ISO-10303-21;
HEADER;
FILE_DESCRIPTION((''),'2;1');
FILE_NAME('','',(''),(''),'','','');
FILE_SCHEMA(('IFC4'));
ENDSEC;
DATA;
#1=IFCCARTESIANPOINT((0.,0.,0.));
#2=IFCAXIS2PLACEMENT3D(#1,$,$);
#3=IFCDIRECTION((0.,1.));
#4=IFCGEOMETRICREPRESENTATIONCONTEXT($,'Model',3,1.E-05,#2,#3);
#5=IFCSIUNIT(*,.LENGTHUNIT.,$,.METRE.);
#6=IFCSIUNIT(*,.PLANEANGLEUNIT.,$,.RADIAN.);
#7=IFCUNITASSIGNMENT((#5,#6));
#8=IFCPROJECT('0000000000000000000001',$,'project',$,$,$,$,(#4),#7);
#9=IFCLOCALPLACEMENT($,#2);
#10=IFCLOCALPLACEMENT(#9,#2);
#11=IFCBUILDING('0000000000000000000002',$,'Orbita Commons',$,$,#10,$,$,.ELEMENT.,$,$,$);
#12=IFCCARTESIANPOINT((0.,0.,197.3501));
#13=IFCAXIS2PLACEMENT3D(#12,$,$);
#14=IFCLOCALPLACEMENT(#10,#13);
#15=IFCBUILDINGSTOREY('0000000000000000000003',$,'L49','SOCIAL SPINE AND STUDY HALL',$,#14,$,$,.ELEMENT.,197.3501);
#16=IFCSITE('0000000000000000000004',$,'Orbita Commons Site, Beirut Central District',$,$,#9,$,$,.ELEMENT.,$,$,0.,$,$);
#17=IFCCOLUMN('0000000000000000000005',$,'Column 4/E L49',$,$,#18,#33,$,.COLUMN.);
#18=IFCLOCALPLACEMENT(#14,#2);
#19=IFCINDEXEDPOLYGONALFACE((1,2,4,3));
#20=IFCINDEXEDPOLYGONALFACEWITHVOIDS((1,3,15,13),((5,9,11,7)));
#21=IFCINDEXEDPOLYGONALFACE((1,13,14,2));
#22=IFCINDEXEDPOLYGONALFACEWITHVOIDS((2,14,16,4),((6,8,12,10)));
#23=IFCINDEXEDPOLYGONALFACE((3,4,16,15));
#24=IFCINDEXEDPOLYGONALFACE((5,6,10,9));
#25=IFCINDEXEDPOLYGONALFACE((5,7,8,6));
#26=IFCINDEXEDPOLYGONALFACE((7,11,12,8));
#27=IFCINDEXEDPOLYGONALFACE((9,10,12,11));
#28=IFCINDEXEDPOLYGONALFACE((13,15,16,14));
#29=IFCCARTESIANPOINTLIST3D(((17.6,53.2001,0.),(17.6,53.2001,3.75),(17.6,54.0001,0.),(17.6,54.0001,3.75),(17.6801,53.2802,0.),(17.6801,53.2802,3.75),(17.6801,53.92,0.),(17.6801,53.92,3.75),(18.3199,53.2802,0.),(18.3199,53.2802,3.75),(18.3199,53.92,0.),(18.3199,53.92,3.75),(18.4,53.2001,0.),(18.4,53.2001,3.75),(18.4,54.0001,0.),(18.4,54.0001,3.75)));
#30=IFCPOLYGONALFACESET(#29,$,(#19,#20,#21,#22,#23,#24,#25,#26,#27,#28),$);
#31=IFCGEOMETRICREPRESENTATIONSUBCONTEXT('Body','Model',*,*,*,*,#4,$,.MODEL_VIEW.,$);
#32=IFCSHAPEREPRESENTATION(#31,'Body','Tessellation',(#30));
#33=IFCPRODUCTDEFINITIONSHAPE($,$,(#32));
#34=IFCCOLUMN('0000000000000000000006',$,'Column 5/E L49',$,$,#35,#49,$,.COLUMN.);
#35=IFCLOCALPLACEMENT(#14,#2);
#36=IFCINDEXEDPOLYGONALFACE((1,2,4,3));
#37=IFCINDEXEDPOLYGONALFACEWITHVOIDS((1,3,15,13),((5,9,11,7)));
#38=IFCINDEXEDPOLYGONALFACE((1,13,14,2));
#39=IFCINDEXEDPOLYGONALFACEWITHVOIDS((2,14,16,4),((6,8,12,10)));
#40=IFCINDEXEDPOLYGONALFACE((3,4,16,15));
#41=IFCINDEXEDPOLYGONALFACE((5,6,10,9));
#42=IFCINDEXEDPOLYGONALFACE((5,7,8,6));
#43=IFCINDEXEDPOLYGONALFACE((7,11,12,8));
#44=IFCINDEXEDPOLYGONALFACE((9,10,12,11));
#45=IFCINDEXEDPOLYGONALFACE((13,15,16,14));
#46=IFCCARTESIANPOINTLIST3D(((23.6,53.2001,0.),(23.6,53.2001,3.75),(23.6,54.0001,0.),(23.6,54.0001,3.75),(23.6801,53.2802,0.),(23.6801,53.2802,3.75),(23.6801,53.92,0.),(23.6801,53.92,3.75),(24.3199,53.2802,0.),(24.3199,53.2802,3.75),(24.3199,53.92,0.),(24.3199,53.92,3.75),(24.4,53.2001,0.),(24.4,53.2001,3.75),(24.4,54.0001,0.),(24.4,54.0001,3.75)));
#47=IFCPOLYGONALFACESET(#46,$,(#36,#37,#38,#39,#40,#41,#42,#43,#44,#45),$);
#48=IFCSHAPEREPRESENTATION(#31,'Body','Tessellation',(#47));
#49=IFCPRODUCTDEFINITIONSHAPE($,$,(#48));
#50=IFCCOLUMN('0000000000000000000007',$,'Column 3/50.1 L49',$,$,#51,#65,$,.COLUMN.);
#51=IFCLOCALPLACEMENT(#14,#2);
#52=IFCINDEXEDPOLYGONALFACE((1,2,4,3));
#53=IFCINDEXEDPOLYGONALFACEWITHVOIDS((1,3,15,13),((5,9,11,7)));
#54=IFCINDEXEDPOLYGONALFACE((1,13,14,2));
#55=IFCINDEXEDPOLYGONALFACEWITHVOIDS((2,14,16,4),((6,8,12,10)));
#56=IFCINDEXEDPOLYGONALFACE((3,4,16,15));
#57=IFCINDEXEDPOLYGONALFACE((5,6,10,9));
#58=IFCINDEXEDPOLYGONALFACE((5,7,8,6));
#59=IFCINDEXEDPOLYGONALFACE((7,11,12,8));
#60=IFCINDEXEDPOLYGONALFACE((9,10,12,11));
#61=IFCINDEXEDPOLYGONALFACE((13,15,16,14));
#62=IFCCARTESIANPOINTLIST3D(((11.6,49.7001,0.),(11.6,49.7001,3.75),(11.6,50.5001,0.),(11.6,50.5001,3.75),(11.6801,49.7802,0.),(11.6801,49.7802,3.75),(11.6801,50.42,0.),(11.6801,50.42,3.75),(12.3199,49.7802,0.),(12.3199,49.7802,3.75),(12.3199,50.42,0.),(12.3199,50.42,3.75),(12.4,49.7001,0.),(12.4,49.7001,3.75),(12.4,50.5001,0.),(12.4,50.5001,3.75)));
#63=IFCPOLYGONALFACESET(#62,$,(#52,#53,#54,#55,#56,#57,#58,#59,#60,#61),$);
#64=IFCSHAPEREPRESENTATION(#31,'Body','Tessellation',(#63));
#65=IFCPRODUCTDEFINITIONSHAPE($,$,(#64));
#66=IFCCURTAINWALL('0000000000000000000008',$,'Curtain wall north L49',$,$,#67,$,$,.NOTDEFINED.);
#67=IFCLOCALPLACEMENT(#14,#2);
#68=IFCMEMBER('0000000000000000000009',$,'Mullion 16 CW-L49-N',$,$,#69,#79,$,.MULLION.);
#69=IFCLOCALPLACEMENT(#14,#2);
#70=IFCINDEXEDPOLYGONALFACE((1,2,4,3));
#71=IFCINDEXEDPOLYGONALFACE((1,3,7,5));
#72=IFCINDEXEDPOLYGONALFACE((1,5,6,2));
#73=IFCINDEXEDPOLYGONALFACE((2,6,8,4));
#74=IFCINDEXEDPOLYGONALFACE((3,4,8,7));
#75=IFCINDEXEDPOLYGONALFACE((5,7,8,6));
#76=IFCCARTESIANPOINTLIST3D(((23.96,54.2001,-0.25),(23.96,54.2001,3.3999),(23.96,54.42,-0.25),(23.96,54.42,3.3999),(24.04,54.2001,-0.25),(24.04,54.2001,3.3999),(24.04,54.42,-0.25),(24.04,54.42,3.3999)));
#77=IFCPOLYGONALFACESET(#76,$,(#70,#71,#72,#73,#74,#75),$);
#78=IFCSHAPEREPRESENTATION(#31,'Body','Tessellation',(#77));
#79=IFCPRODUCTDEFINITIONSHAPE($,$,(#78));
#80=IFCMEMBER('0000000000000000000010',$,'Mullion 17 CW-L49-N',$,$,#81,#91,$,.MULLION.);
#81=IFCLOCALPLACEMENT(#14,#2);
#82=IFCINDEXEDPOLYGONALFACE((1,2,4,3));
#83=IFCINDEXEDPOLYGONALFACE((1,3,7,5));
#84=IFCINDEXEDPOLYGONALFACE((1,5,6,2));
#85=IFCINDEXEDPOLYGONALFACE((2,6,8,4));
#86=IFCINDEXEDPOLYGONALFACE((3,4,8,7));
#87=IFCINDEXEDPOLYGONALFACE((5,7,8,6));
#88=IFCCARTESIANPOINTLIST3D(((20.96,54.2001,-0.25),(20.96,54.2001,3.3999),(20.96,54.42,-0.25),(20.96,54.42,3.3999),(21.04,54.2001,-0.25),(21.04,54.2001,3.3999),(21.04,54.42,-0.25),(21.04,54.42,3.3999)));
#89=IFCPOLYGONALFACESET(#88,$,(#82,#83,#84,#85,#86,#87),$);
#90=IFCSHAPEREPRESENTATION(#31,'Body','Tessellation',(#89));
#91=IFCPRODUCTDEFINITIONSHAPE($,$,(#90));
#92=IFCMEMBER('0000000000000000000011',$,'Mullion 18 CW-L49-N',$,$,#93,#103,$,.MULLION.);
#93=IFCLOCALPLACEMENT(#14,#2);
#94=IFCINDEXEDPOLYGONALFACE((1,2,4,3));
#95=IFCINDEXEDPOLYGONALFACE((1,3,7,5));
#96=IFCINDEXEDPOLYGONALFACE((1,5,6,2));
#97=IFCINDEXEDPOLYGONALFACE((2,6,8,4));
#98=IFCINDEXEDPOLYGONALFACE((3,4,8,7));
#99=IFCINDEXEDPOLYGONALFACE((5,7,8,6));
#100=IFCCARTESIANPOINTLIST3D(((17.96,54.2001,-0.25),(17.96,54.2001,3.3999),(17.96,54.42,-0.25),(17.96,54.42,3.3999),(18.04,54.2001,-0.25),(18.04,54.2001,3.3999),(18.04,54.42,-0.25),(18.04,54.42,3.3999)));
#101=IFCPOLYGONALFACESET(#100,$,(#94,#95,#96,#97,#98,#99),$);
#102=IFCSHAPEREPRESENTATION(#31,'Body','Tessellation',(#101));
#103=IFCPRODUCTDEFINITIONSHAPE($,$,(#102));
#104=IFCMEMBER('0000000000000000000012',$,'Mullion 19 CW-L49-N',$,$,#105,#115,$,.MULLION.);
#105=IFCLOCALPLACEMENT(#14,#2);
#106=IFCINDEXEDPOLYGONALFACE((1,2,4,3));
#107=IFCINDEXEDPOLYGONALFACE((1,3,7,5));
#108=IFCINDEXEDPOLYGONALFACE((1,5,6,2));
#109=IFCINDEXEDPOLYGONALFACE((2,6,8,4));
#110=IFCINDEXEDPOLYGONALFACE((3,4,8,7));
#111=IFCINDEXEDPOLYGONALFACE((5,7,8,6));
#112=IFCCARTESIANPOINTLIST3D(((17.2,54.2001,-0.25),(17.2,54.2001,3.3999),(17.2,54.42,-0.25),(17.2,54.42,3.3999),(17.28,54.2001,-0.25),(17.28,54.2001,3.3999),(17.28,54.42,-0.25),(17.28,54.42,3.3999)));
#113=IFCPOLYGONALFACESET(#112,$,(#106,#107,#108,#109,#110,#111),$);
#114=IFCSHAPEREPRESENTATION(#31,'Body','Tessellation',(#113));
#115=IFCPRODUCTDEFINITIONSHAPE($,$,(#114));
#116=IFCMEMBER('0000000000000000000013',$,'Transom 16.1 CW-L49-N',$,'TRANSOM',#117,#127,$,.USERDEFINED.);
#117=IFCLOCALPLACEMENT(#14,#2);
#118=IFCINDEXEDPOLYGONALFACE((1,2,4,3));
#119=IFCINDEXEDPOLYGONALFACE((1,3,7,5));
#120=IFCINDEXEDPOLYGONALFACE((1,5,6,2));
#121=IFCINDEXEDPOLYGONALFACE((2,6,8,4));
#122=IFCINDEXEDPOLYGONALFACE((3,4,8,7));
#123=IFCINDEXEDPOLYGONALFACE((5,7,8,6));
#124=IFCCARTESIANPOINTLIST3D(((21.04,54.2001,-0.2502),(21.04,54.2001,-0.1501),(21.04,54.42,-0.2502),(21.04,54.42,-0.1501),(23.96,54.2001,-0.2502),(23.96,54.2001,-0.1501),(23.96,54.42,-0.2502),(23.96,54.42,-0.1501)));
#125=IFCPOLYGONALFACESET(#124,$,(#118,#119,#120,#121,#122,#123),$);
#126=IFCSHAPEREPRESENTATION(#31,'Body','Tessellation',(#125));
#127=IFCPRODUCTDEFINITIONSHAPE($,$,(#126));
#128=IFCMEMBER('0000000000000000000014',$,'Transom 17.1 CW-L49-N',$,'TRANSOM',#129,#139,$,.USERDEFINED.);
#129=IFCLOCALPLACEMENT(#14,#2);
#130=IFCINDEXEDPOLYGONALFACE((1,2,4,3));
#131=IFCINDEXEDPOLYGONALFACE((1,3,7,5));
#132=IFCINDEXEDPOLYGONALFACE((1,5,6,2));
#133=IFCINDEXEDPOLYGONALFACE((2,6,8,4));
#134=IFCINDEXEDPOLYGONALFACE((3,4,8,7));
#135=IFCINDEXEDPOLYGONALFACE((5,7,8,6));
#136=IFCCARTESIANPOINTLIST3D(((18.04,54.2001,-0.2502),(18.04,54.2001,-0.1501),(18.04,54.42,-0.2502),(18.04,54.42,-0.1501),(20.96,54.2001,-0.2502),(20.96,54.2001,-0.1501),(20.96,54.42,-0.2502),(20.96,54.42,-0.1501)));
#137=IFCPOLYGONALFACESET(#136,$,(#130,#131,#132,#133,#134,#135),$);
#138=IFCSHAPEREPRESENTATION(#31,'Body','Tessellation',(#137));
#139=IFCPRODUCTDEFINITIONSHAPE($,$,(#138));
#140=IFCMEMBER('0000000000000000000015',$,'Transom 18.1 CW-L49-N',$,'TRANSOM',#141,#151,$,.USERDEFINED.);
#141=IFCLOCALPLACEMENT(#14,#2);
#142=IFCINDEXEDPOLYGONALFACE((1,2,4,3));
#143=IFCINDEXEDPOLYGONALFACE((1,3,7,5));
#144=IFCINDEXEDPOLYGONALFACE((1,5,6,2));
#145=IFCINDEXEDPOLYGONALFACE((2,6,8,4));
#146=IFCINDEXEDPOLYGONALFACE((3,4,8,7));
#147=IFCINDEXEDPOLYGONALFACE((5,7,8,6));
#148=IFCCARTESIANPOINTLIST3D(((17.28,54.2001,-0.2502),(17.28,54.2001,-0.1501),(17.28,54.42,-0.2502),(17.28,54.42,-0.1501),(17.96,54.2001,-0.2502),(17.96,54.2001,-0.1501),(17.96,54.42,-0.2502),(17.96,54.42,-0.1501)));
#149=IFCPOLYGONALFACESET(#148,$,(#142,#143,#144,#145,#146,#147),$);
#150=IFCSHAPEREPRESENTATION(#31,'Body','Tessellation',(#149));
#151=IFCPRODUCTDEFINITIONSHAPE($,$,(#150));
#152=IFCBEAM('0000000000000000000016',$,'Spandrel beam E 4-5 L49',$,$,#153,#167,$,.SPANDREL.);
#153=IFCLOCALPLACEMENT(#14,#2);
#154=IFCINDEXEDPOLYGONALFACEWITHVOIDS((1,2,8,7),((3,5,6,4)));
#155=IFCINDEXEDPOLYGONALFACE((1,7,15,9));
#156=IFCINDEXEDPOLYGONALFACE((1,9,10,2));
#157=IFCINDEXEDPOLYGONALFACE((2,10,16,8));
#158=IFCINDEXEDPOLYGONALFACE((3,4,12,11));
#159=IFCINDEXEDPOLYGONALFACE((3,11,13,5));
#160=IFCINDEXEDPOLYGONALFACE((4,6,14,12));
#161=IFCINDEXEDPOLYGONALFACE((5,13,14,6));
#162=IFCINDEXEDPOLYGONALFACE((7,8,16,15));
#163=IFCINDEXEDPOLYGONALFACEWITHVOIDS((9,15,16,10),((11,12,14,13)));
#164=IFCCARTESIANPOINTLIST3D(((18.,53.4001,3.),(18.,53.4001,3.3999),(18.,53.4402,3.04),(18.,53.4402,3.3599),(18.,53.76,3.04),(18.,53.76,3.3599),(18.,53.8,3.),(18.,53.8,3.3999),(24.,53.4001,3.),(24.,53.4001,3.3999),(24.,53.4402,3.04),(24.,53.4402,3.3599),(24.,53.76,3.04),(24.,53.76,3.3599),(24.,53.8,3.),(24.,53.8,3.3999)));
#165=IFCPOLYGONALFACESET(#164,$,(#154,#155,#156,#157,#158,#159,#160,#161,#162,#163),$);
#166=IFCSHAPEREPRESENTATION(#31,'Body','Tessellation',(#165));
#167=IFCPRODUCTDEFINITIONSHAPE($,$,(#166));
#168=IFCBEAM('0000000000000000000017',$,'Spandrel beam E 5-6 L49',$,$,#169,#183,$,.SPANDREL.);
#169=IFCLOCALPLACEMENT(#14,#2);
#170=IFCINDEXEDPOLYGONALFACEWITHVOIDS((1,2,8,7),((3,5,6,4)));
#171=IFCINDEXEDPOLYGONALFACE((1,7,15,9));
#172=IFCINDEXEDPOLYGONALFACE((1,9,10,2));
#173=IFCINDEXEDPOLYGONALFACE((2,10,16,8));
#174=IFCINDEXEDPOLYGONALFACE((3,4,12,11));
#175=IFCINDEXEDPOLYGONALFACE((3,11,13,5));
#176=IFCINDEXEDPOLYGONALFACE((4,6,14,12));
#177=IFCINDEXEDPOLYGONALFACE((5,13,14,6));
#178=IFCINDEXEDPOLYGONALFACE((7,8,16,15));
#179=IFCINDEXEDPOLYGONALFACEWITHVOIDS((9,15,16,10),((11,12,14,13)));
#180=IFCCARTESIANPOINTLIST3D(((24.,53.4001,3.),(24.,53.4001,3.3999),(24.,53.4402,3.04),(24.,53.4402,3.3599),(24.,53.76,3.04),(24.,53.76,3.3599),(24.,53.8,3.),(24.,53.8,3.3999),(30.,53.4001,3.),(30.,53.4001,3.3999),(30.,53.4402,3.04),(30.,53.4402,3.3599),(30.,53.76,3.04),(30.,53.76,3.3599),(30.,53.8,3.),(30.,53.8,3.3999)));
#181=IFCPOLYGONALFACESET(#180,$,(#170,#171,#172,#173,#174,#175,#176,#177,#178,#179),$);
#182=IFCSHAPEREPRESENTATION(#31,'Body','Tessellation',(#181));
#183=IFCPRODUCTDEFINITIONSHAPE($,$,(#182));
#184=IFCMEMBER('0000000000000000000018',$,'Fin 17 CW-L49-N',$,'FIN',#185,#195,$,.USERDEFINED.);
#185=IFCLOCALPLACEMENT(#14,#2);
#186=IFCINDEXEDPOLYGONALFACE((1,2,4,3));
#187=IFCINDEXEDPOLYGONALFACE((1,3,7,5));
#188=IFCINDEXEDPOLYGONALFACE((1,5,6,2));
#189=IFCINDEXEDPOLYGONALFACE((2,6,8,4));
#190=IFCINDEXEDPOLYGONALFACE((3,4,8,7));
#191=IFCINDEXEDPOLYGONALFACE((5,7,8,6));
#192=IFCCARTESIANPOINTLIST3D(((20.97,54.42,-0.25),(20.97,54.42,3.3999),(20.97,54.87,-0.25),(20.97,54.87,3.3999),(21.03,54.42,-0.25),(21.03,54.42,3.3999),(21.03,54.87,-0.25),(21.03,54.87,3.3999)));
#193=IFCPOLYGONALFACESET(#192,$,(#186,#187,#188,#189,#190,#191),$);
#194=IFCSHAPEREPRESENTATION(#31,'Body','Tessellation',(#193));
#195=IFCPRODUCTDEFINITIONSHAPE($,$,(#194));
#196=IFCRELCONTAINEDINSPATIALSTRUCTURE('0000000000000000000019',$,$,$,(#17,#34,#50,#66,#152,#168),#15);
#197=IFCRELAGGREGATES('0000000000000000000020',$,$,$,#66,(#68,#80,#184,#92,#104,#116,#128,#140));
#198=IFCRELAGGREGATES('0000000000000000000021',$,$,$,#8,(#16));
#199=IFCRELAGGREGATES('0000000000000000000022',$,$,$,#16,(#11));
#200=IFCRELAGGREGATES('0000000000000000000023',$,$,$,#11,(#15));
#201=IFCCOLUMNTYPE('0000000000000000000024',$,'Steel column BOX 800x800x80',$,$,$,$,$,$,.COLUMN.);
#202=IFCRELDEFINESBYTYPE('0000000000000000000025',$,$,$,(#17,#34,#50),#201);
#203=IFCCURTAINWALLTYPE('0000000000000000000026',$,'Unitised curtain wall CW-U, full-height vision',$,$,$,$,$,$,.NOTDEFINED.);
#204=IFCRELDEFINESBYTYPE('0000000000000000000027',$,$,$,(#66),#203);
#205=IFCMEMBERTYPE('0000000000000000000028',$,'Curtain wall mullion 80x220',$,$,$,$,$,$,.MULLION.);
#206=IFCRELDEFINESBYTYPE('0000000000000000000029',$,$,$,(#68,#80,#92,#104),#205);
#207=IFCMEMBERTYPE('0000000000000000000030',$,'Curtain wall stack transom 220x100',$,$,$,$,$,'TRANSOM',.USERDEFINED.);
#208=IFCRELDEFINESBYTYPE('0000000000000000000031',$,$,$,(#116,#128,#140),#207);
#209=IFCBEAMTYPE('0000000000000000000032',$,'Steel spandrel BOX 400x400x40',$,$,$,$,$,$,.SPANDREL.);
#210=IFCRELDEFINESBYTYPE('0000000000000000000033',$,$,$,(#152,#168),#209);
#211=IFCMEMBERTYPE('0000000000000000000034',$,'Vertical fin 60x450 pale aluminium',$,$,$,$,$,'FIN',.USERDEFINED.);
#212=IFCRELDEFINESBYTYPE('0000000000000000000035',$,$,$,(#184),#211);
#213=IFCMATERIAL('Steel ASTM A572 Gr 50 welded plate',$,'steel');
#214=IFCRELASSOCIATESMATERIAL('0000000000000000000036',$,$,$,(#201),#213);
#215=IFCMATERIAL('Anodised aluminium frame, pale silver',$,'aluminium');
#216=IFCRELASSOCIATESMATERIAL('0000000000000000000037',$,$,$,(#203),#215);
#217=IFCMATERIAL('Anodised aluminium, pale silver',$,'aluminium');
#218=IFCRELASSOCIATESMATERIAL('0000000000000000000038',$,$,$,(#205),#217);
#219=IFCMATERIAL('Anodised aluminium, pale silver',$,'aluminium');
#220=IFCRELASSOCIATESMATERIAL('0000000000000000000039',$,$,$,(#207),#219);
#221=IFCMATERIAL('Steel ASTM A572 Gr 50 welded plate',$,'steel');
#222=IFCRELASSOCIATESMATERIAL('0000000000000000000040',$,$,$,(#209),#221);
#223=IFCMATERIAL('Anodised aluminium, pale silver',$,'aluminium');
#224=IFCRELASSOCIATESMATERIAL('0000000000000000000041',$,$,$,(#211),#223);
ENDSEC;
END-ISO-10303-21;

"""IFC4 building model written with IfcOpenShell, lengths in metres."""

from ifc_helpers import new_model, si_unit, direction, frame, origin, origin_2d, place, context, subcontext, project, spatial, rectangle, hollow_rectangle, extrude, material, material_profile, profile_set, type_object, element, aggregate, save


model = new_model("IFC4")

# Units and contexts
model_context = context("Model", 3, precision=1e-05, world=origin(), true_north=direction((0.0, 1.0)))
body_context = subcontext(model_context, "Body", "Model", "MODEL_VIEW")
ifc_project = project(units=[si_unit("LENGTHUNIT", "METRE"), si_unit("PLANEANGLEUNIT", "RADIAN")], contexts=[model_context])

# Site, building, storey
site_placement = place(None, origin())
site = spatial("IfcSite", under=ifc_project, at=site_placement, Name="Orbita Commons Site, Beirut Central District", CompositionType="ELEMENT", RefElevation=0.0)
building_placement = place(site_placement, origin())
building = spatial("IfcBuilding", under=site, at=building_placement, Name="Orbita Commons", CompositionType="ELEMENT")
storey_placement = place(building_placement, frame((0.0, 0.0, 197.3501)))
storey = spatial("IfcBuildingStorey", under=building, at=storey_placement, Name="L49", Description="SOCIAL SPINE AND STUDY HALL", CompositionType="ELEMENT", Elevation=197.3501)

# Columns
ifc_material_1 = material(Name="Steel ASTM A572 Gr 50 welded plate", Category="steel")
ifc_material_profile_1 = material_profile(ifc_material_1, hollow_rectangle(XDim=0.8, YDim=0.8, WallThickness=0.0801, at=origin_2d()), Name="BOX 800x800x80")
ifc_profile_set_1 = profile_set([ifc_material_profile_1], Name="Steel ASTM A572 Gr 50 welded plate")
column_type = type_object("IfcColumnType", Name="Steel column BOX 800x800x80", PredefinedType="COLUMN", material=ifc_profile_set_1)
for number, where, z_axis, x_axis, name in (
    (1, (18.0, 53.6001, 0.0), (0.0, 0.0, 1.0), (1.0, 0.0, 0.0), "Column 4/E L49"),
    (2, (24.0, 53.6001, 0.0), (0.0, 0.0, 1.0), (1.0, 0.0, 0.0), "Column 5/E L49"),
    (3, (12.0, 50.1001, 0.0), (0.0, 0.0, 1.0), (1.0, 0.0, 0.0), "Column 3/50.1 L49"),
):
    element("IfcColumn", number, at=place(storey_placement, frame(where, z_axis=z_axis, x_axis=x_axis)), inside=storey, type_object=column_type, Name=name, PredefinedType="COLUMN", context=body_context, shape_type="SweptSolid", body=[
        extrude(hollow_rectangle(XDim=0.8, YDim=0.8, WallThickness=0.0801, at=origin_2d()), origin(), (0.0, 0.0, 1.0), 3.75),
    ])

# Curtain wall, members
ifc_material_2 = material(Name="Anodised aluminium frame, pale silver", Category="aluminium")
curtain_wall_type = type_object("IfcCurtainWallType", Name="Unitised curtain wall CW-U, full-height vision", PredefinedType="NOTDEFINED", material=ifc_material_2)
curtain_wall_placement = place(storey_placement, origin())
curtain_wall = element("IfcCurtainWall", 4, at=curtain_wall_placement, inside=storey, type_object=curtain_wall_type, Name="Curtain wall north L49", PredefinedType="NOTDEFINED")
ifc_material_3 = material(Name="Anodised aluminium, pale silver", Category="aluminium")
ifc_material_profile_2 = material_profile(ifc_material_3, rectangle(XDim=0.0801, YDim=0.22, at=origin_2d()), Name="AL 80x220")
ifc_profile_set_2 = profile_set([ifc_material_profile_2], Name="Anodised aluminium, pale silver")
member_type_1 = type_object("IfcMemberType", Name="Curtain wall mullion 80x220", PredefinedType="MULLION", material=ifc_profile_set_2)
member_1_placement = place(storey_placement, frame((24.0, 54.3101, -0.25), z_axis=(0.0, 0.0, 1.0), x_axis=(-1.0, 0.0, 0.0)))
member_1 = element("IfcMember", 5, at=member_1_placement, type_object=member_type_1, Name="Mullion 16 CW-L49-N", PredefinedType="MULLION", context=body_context, shape_type="SweptSolid", body=[
    extrude(rectangle(XDim=0.0801, YDim=0.22, at=origin_2d()), origin(), (0.0, 0.0, 1.0), 3.6499),
])
member_2_placement = place(storey_placement, frame((21.0, 54.3101, -0.25), z_axis=(0.0, 0.0, 1.0), x_axis=(-1.0, 0.0, 0.0)))
member_2 = element("IfcMember", 6, at=member_2_placement, type_object=member_type_1, Name="Mullion 17 CW-L49-N", PredefinedType="MULLION", context=body_context, shape_type="SweptSolid", body=[
    extrude(rectangle(XDim=0.0801, YDim=0.22, at=origin_2d()), origin(), (0.0, 0.0, 1.0), 3.6499),
])
member_3_placement = place(storey_placement, frame((18.0, 54.3101, -0.25), z_axis=(0.0, 0.0, 1.0), x_axis=(-1.0, 0.0, 0.0)))
member_3 = element("IfcMember", 7, at=member_3_placement, type_object=member_type_1, Name="Mullion 18 CW-L49-N", PredefinedType="MULLION", context=body_context, shape_type="SweptSolid", body=[
    extrude(rectangle(XDim=0.0801, YDim=0.22, at=origin_2d()), origin(), (0.0, 0.0, 1.0), 3.6499),
])
member_4_placement = place(storey_placement, frame((17.24, 54.3101, -0.25), z_axis=(0.0, 0.0, 1.0), x_axis=(-1.0, 0.0, 0.0)))
member_4 = element("IfcMember", 8, at=member_4_placement, type_object=member_type_1, Name="Mullion 19 CW-L49-N", PredefinedType="MULLION", context=body_context, shape_type="SweptSolid", body=[
    extrude(rectangle(XDim=0.0801, YDim=0.22, at=origin_2d()), origin(), (0.0, 0.0, 1.0), 3.6499),
])
ifc_material_4 = material(Name="Anodised aluminium, pale silver", Category="aluminium")
ifc_material_profile_3 = material_profile(ifc_material_4, rectangle(XDim=0.22, YDim=0.1001, at=origin_2d()), Name="AL 220x100")
ifc_profile_set_3 = profile_set([ifc_material_profile_3], Name="Anodised aluminium, pale silver")
member_type_2 = type_object("IfcMemberType", Name="Curtain wall stack transom 220x100", ElementType="TRANSOM", PredefinedType="USERDEFINED", material=ifc_profile_set_3)
member_5_placement = place(storey_placement, frame((23.96, 54.3101, -0.2002), z_axis=(-1.0, 0.0, 0.0), x_axis=(0.0, -1.0, 0.0)))
member_5 = element("IfcMember", 9, at=member_5_placement, type_object=member_type_2, Name="Transom 16.1 CW-L49-N", ObjectType="TRANSOM", PredefinedType="USERDEFINED", context=body_context, shape_type="SweptSolid", body=[
    extrude(rectangle(XDim=0.22, YDim=0.1001, at=origin_2d()), origin(), (0.0, 0.0, 1.0), 2.9199),
])
member_6_placement = place(storey_placement, frame((20.96, 54.3101, -0.2002), z_axis=(-1.0, 0.0, 0.0), x_axis=(0.0, -1.0, 0.0)))
member_6 = element("IfcMember", 10, at=member_6_placement, type_object=member_type_2, Name="Transom 17.1 CW-L49-N", ObjectType="TRANSOM", PredefinedType="USERDEFINED", context=body_context, shape_type="SweptSolid", body=[
    extrude(rectangle(XDim=0.22, YDim=0.1001, at=origin_2d()), origin(), (0.0, 0.0, 1.0), 2.9199),
])
member_7_placement = place(storey_placement, frame((17.96, 54.3101, -0.2002), z_axis=(-1.0, 0.0, 0.0), x_axis=(0.0, -1.0, 0.0)))
member_7 = element("IfcMember", 11, at=member_7_placement, type_object=member_type_2, Name="Transom 18.1 CW-L49-N", ObjectType="TRANSOM", PredefinedType="USERDEFINED", context=body_context, shape_type="SweptSolid", body=[
    extrude(rectangle(XDim=0.22, YDim=0.1001, at=origin_2d()), origin(), (0.0, 0.0, 1.0), 0.6799),
])

# Beams
ifc_material_5 = material(Name="Steel ASTM A572 Gr 50 welded plate", Category="steel")
ifc_material_profile_4 = material_profile(ifc_material_5, hollow_rectangle(XDim=0.3999, YDim=0.3999, WallThickness=0.04, at=origin_2d()), Name="BOX 400x400x40")
ifc_profile_set_4 = profile_set([ifc_material_profile_4], Name="Steel ASTM A572 Gr 50 welded plate")
beam_type = type_object("IfcBeamType", Name="Steel spandrel BOX 400x400x40", PredefinedType="SPANDREL", material=ifc_profile_set_4)
for number, where, z_axis, x_axis, name in (
    (12, (18.0, 53.6001, 3.2), (1.0, 0.0, 0.0), (0.0, 1.0, 0.0), "Spandrel beam E 4-5 L49"),
    (13, (24.0, 53.6001, 3.2), (1.0, 0.0, 0.0), (0.0, 1.0, 0.0), "Spandrel beam E 5-6 L49"),
):
    element("IfcBeam", number, at=place(storey_placement, frame(where, z_axis=z_axis, x_axis=x_axis)), inside=storey, type_object=beam_type, Name=name, PredefinedType="SPANDREL", context=body_context, shape_type="SweptSolid", body=[
        extrude(hollow_rectangle(XDim=0.3999, YDim=0.3999, WallThickness=0.04, at=origin_2d()), origin(), (0.0, 0.0, 1.0), 6.0),
    ])

# Member
ifc_material_6 = material(Name="Anodised aluminium, pale silver", Category="aluminium")
ifc_material_profile_5 = material_profile(ifc_material_6, rectangle(XDim=0.0601, YDim=0.45, at=origin_2d()), Name="FIN 60x450")
ifc_profile_set_5 = profile_set([ifc_material_profile_5], Name="Anodised aluminium, pale silver")
member_type_3 = type_object("IfcMemberType", Name="Vertical fin 60x450 pale aluminium", ElementType="FIN", PredefinedType="USERDEFINED", material=ifc_profile_set_5)
member_8_placement = place(storey_placement, frame((21.0, 54.645, -0.25), z_axis=(0.0, 0.0, 1.0), x_axis=(-1.0, 0.0, 0.0)))
member_8 = element("IfcMember", 14, at=member_8_placement, type_object=member_type_3, Name="Fin 17 CW-L49-N", ObjectType="FIN", PredefinedType="USERDEFINED", context=body_context, shape_type="SweptSolid", body=[
    extrude(rectangle(XDim=0.0601, YDim=0.45, at=origin_2d()), origin(), (0.0, 0.0, 1.0), 3.6499),
])

aggregate(curtain_wall, [member_1, member_2, member_8, member_3, member_4, member_5, member_6, member_7])

save(model, "model.ifc")
